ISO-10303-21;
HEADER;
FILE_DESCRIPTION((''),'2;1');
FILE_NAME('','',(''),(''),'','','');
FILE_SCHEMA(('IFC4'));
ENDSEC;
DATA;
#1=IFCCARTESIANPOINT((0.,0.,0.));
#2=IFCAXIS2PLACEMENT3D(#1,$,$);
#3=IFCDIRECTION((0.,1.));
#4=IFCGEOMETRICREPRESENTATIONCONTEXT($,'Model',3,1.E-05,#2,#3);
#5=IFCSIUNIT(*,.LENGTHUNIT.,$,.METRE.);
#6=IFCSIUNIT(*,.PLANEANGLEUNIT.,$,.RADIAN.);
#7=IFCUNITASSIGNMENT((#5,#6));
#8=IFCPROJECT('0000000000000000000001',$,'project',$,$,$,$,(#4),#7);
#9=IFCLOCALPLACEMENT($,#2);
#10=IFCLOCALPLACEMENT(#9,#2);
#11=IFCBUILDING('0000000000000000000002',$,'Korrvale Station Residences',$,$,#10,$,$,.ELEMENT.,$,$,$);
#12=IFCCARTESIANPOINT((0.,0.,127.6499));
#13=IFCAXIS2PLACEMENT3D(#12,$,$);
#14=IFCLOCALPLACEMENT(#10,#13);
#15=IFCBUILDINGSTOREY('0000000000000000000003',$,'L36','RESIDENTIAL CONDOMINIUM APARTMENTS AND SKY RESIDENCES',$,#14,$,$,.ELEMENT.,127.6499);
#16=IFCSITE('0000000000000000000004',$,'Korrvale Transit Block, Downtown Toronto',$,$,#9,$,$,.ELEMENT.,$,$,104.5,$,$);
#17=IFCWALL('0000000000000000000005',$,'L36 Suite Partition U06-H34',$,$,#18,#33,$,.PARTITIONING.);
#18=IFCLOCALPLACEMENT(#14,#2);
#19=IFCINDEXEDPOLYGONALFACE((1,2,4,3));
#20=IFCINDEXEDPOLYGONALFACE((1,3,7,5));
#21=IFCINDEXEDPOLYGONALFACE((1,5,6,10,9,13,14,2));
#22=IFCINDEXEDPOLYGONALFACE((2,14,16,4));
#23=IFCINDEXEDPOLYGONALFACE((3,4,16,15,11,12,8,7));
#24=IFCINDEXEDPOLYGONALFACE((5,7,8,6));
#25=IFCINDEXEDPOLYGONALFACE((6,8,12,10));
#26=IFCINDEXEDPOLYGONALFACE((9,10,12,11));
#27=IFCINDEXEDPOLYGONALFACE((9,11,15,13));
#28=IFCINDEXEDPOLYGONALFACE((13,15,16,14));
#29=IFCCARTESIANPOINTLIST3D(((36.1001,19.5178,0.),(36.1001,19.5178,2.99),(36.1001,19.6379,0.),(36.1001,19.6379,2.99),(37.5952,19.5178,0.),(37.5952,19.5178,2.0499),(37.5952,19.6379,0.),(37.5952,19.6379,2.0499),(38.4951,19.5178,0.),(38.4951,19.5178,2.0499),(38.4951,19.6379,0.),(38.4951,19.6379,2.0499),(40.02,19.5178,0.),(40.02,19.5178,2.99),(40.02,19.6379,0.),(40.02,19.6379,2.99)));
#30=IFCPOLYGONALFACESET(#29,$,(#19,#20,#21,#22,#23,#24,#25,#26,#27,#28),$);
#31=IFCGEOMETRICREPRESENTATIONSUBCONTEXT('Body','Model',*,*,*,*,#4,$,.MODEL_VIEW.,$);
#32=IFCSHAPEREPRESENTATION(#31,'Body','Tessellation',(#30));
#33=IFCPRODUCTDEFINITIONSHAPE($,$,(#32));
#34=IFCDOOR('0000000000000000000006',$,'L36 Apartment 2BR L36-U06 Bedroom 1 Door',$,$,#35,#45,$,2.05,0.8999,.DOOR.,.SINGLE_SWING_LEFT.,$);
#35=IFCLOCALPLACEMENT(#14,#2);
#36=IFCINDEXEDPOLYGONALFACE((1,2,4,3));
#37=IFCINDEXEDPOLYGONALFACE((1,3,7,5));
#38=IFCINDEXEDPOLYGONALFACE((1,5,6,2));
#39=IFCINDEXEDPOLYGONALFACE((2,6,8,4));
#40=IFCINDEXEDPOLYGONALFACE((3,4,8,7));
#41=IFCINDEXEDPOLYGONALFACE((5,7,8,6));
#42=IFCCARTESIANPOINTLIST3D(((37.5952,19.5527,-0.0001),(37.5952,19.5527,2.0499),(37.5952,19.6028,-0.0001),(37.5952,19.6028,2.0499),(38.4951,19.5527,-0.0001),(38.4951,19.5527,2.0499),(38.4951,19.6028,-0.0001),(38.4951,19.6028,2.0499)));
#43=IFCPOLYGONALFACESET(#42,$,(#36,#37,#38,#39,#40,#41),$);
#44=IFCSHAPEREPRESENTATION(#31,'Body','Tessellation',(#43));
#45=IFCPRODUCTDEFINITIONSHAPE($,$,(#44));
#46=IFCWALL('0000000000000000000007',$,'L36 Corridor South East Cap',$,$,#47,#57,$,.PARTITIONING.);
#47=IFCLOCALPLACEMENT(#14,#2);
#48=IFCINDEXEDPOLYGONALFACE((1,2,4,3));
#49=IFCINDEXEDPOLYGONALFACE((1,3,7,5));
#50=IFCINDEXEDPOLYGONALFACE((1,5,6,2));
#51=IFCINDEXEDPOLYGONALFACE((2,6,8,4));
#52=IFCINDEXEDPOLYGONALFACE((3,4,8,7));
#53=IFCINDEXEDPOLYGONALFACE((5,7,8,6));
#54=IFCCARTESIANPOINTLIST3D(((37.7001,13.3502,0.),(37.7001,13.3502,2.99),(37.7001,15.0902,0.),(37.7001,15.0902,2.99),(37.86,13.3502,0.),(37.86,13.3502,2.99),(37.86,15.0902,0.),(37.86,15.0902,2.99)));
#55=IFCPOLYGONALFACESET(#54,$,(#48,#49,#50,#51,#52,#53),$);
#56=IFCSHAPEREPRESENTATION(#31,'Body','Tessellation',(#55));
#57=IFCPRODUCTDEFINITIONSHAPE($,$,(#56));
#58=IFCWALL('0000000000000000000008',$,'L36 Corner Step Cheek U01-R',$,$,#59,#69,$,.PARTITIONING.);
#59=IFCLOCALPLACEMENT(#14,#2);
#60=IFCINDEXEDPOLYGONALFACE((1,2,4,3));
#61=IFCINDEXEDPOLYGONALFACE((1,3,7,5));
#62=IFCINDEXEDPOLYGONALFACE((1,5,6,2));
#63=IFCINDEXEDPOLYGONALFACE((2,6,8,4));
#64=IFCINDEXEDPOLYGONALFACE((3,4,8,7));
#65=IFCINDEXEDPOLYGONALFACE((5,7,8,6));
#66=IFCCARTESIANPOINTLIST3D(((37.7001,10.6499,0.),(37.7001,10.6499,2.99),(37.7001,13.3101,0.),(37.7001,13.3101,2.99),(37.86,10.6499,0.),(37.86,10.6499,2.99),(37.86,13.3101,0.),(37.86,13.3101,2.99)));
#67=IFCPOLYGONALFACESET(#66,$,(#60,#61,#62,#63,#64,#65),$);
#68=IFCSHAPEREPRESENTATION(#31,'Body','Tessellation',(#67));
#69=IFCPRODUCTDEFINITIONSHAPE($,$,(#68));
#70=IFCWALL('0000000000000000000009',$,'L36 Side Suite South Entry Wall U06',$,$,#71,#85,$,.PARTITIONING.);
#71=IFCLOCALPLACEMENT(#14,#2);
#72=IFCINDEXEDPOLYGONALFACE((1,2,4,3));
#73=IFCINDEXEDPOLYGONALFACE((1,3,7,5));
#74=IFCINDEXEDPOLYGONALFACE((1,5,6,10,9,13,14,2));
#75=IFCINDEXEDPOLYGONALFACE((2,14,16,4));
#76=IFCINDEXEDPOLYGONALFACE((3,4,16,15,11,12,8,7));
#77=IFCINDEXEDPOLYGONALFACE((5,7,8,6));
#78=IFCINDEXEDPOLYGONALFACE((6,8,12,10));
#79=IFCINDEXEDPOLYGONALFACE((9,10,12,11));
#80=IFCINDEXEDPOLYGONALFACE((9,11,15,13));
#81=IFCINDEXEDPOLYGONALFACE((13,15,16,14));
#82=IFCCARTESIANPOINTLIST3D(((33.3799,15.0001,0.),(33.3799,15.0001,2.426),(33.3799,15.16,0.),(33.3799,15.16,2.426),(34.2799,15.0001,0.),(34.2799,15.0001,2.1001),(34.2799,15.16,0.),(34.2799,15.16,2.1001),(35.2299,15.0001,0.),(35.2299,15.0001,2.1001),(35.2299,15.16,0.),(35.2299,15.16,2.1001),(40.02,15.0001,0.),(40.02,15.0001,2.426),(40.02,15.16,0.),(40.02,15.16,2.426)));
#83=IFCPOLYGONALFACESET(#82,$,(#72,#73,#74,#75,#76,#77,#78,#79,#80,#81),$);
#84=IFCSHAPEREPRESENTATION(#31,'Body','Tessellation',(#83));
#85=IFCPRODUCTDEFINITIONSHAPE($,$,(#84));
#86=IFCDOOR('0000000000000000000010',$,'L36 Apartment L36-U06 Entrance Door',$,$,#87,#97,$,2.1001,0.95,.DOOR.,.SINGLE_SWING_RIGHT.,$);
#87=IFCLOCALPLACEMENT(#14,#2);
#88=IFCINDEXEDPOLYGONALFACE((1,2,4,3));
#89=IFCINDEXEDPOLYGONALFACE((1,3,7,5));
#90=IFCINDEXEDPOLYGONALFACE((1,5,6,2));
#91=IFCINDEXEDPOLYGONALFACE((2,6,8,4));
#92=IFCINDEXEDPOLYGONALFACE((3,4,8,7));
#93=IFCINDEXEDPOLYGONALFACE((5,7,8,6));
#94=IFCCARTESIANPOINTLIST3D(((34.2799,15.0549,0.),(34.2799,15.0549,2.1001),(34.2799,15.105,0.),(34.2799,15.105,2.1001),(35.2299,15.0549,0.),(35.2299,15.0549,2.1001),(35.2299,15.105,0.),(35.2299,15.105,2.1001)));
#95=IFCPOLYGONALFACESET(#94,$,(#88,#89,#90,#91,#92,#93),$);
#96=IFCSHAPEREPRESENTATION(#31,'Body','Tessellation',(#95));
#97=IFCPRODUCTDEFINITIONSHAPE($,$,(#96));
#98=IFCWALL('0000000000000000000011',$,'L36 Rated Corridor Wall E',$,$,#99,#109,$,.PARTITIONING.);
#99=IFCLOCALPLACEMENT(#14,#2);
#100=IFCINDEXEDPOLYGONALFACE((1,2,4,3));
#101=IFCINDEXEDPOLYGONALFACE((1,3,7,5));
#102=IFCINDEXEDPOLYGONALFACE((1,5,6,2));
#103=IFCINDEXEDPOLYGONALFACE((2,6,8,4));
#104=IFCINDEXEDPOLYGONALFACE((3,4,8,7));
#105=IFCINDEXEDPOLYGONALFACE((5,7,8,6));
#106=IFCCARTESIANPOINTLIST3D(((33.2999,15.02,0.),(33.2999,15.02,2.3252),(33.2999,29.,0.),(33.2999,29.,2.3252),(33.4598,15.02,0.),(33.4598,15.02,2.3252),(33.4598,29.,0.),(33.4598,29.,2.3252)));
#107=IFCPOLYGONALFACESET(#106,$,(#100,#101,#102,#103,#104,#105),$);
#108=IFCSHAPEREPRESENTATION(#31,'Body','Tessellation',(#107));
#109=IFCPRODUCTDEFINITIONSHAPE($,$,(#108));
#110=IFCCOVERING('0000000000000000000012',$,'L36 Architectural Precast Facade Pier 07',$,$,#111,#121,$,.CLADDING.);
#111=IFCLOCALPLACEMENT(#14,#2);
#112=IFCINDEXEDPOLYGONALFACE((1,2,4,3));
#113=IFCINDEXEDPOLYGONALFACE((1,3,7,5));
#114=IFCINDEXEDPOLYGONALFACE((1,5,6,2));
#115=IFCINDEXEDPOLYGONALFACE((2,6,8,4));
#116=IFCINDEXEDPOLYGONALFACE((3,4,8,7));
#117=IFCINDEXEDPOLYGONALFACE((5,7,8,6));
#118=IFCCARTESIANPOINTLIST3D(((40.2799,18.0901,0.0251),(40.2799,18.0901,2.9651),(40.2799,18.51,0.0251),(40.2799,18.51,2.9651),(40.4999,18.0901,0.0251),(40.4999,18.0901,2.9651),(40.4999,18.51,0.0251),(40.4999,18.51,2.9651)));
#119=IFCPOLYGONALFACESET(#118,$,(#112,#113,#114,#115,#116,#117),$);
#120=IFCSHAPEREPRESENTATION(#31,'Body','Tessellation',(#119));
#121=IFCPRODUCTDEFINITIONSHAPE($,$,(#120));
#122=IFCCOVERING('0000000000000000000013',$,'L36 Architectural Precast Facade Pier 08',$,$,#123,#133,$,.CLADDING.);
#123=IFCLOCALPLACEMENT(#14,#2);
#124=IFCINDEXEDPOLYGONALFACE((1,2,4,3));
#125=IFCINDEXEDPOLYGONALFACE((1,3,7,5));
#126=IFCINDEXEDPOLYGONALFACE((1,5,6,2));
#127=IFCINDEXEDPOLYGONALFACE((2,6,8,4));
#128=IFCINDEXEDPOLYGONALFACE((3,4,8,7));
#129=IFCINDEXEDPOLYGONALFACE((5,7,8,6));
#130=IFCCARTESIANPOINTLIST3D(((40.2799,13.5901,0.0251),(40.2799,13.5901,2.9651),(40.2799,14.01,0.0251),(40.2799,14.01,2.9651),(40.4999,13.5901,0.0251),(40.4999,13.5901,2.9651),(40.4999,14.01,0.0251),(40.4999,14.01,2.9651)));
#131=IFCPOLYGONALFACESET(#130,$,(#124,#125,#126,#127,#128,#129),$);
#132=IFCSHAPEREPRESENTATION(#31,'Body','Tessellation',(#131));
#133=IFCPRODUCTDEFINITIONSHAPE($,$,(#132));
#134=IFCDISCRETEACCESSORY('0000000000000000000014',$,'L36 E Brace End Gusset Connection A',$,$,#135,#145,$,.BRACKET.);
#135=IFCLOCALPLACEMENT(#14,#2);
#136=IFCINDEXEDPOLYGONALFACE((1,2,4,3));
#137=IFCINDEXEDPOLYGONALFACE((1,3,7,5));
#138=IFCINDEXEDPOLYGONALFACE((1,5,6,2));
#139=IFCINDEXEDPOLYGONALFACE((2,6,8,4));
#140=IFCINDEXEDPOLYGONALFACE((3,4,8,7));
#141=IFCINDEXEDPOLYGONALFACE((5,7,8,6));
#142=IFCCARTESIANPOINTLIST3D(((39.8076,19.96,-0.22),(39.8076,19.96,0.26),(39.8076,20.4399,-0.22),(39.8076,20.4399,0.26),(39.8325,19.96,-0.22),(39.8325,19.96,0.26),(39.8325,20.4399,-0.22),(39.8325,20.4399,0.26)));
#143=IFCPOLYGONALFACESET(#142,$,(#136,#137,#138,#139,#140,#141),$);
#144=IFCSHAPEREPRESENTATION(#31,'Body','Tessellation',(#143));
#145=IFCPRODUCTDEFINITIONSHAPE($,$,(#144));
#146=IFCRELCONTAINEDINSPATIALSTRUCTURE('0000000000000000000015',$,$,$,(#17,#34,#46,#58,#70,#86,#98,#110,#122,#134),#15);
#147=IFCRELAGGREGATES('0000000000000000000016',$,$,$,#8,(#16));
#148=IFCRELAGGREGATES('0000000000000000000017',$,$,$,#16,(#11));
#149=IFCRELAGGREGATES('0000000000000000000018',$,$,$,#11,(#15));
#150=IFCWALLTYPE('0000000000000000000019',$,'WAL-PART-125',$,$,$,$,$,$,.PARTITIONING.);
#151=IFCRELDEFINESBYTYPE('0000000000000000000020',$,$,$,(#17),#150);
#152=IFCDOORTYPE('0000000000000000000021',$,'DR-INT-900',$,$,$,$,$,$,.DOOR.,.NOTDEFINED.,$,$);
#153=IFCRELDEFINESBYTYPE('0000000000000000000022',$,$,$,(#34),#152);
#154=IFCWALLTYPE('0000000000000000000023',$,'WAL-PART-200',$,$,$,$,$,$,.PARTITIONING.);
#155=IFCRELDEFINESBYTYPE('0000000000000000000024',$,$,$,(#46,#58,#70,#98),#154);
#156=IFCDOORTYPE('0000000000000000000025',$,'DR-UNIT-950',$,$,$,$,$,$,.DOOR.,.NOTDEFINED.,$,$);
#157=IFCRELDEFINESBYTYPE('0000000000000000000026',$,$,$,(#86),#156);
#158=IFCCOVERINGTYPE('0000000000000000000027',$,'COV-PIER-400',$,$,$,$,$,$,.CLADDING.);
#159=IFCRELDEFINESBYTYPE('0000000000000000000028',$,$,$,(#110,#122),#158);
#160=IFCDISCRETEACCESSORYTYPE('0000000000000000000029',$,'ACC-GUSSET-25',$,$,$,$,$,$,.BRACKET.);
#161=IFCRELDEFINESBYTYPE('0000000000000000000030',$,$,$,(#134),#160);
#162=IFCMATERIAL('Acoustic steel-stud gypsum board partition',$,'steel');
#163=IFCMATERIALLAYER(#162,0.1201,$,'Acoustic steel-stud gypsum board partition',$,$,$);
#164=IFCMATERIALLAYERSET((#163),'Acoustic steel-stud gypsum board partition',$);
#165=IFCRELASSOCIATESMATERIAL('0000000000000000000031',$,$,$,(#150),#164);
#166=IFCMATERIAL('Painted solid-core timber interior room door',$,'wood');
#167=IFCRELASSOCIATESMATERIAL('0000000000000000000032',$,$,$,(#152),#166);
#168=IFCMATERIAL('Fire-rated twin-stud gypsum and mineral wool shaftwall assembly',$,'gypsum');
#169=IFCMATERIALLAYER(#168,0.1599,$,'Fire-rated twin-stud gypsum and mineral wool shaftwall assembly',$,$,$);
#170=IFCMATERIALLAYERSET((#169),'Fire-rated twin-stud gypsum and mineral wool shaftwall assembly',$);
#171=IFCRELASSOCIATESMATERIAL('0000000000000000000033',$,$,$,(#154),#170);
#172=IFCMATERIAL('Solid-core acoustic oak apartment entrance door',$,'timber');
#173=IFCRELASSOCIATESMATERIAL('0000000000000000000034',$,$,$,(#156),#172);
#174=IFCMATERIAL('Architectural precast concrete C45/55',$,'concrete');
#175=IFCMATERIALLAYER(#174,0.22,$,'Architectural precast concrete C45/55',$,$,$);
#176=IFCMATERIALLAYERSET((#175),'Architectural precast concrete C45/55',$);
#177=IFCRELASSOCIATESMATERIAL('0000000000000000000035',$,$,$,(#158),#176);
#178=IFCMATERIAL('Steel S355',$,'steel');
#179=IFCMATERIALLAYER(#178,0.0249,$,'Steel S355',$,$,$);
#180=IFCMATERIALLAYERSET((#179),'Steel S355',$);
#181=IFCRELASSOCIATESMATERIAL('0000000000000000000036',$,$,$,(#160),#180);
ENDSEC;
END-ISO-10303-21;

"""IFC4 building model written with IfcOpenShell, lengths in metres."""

from ifc_helpers import new_model, si_unit, direction, frame, frame_2d, origin, origin_2d, place, context, subcontext, project, spatial, rectangle, extrude, material, layer, layer_set, type_object, element, fill, save


model = new_model("IFC4")

# Units and contexts
model_context = context("Model", 3, precision=1e-05, world=origin(), true_north=direction((0.0, 1.0)))
body_context = subcontext(model_context, "Body", "Model", "MODEL_VIEW")
ifc_project = project(units=[si_unit("LENGTHUNIT", "METRE"), si_unit("PLANEANGLEUNIT", "RADIAN")], contexts=[model_context])

# Site, building, storey
site_placement = place(None, origin())
site = spatial("IfcSite", under=ifc_project, at=site_placement, Name="Korrvale Transit Block, Downtown Toronto", CompositionType="ELEMENT", RefElevation=104.5)
building_placement = place(site_placement, origin())
building = spatial("IfcBuilding", under=site, at=building_placement, Name="Korrvale Station Residences", CompositionType="ELEMENT")
storey_placement = place(building_placement, frame((0.0, 0.0, 127.6499)))
storey = spatial("IfcBuildingStorey", under=building, at=storey_placement, Name="L36", Description="RESIDENTIAL CONDOMINIUM APARTMENTS AND SKY RESIDENCES", CompositionType="ELEMENT", Elevation=127.6499)

# Shared definitions
ifc_material_1 = material(Name="Steel S355", Category="steel")

# Shared definitions
ifc_material_2 = material(Name="Acoustic steel-stud gypsum board partition", Category="steel")
ifc_layer_1 = layer(ifc_material_2, 0.1201, Name="Acoustic steel-stud gypsum board partition")
ifc_layer_set_1 = layer_set([ifc_layer_1], Name="Acoustic steel-stud gypsum board partition")
wall_type_1 = type_object("IfcWallType", Name="WAL-PART-125", PredefinedType="PARTITIONING", material=ifc_layer_set_1)
ifc_material_3 = material(Name="Painted solid-core timber interior room door", Category="wood")
door_type_1 = type_object("IfcDoorType", Name="DR-INT-900", OperationType="NOTDEFINED", PredefinedType="DOOR", material=ifc_material_3)

# Wall, opening, door
wall_1_placement = place(storey_placement, frame((36.1001, 19.5779, 0.0), z_axis=(0.0, 0.0, 1.0), x_axis=(1.0, 0.0, 0.0)))
wall_1 = element("IfcWall", 1, at=wall_1_placement, inside=storey, type_object=wall_type_1, Name="L36 Suite Partition U06-H34", PredefinedType="PARTITIONING", context=body_context, shape_type="SweptSolid", body=[
    extrude(rectangle(XDim=3.9199, YDim=0.1201, at=frame_2d((1.96, 0.0))), origin(), (0.0, 0.0, 1.0), 2.99),
])
opening_1_placement = place(wall_1_placement, frame((1.4951, 0.0, 0.0)))
opening_1 = element("IfcOpeningElement", 2, at=opening_1_placement, cuts=wall_1, PredefinedType="OPENING", context=body_context, shape_type="SweptSolid", body=[
    extrude(rectangle(XDim=0.8999, YDim=2.05, at=frame_2d((0.45, 1.0249))), frame((0.0, 0.0701, 0.0), z_axis=(0.0, -1.0, 0.0), x_axis=(1.0, 0.0, 0.0)), (0.0, 0.0, 1.0), 0.1401),
])
door_1_placement = place(opening_1_placement, origin())
door_1 = element("IfcDoor", 3, at=door_1_placement, inside=storey, type_object=door_type_1, Name="L36 Apartment 2BR L36-U06 Bedroom 1 Door", OperationType="SINGLE_SWING_LEFT", OverallHeight=2.05, OverallWidth=0.8999, PredefinedType="DOOR", context=body_context, shape_type="SweptSolid", body=[
    extrude(rectangle(XDim=0.8999, YDim=2.05, at=frame_2d((0.45, 1.0249))), frame((0.0, 0.0249, 0.0), z_axis=(0.0, -1.0, 0.0), x_axis=(1.0, 0.0, 0.0)), (0.0, 0.0, 1.0), 0.05),
])
fill(opening_1, door_1)

# Walls
ifc_material_4 = material(Name="Fire-rated twin-stud gypsum and mineral wool shaftwall assembly", Category="gypsum")
ifc_layer_2 = layer(ifc_material_4, 0.1599, Name="Fire-rated twin-stud gypsum and mineral wool shaftwall assembly")
ifc_layer_set_2 = layer_set([ifc_layer_2], Name="Fire-rated twin-stud gypsum and mineral wool shaftwall assembly")
wall_type_2 = type_object("IfcWallType", Name="WAL-PART-200", PredefinedType="PARTITIONING", material=ifc_layer_set_2)
wall_2_placement = place(storey_placement, frame((37.78, 13.3501, 0.0), z_axis=(0.0, 0.0, 1.0), x_axis=(0.0, 1.0, 0.0)))
element("IfcWall", 4, at=wall_2_placement, inside=storey, type_object=wall_type_2, Name="L36 Corridor South East Cap", PredefinedType="PARTITIONING", context=body_context, shape_type="SweptSolid", body=[
    extrude(rectangle(XDim=1.74, YDim=0.1599, at=frame_2d((0.8701, 0.0))), origin(), (0.0, 0.0, 1.0), 2.99),
])
wall_3_placement = place(storey_placement, frame((37.78, 10.6499, 0.0), z_axis=(0.0, 0.0, 1.0), x_axis=(0.0, 1.0, 0.0)))
element("IfcWall", 5, at=wall_3_placement, inside=storey, type_object=wall_type_2, Name="L36 Corner Step Cheek U01-R", PredefinedType="PARTITIONING", context=body_context, shape_type="SweptSolid", body=[
    extrude(rectangle(XDim=2.6602, YDim=0.1599, at=frame_2d((1.3301, 0.0))), origin(), (0.0, 0.0, 1.0), 2.99),
])

# Wall, opening, door
wall_4_placement = place(storey_placement, frame((33.3799, 15.0801, 0.0), z_axis=(0.0, 0.0, 1.0), x_axis=(1.0, 0.0, 0.0)))
wall_4 = element("IfcWall", 6, at=wall_4_placement, inside=storey, type_object=wall_type_2, Name="L36 Side Suite South Entry Wall U06", PredefinedType="PARTITIONING", context=body_context, shape_type="SweptSolid", body=[
    extrude(rectangle(XDim=6.6401, YDim=0.1599, at=frame_2d((3.3201, 0.0))), origin(), (0.0, 0.0, 1.0), 2.426),
])
opening_2_placement = place(wall_4_placement, frame((0.8999, 0.0, 0.0)))
opening_2 = element("IfcOpeningElement", 7, at=opening_2_placement, cuts=wall_4, PredefinedType="OPENING", context=body_context, shape_type="SweptSolid", body=[
    extrude(rectangle(XDim=0.95, YDim=2.1001, at=frame_2d((0.4751, 1.05))), frame((0.0, 0.0898, 0.0), z_axis=(0.0, -1.0, 0.0), x_axis=(1.0, 0.0, 0.0)), (0.0, 0.0, 1.0), 0.1799),
])
ifc_material_5 = material(Name="Solid-core acoustic oak apartment entrance door", Category="timber")
door_type_2 = type_object("IfcDoorType", Name="DR-UNIT-950", OperationType="NOTDEFINED", PredefinedType="DOOR", material=ifc_material_5)
door_2_placement = place(opening_2_placement, origin())
door_2 = element("IfcDoor", 8, at=door_2_placement, inside=storey, type_object=door_type_2, Name="L36 Apartment L36-U06 Entrance Door", OperationType="SINGLE_SWING_RIGHT", OverallHeight=2.1001, OverallWidth=0.95, PredefinedType="DOOR", context=body_context, shape_type="SweptSolid", body=[
    extrude(rectangle(XDim=0.95, YDim=2.1001, at=frame_2d((0.4751, 1.05))), frame((0.0, 0.0249, 0.0), z_axis=(0.0, -1.0, 0.0), x_axis=(1.0, 0.0, 0.0)), (0.0, 0.0, 1.0), 0.05),
])
fill(opening_2, door_2)

# Wall
wall_5_placement = place(storey_placement, frame((33.3799, 15.02, 0.0), z_axis=(0.0, 0.0, 1.0), x_axis=(0.0, 1.0, 0.0)))
element("IfcWall", 9, at=wall_5_placement, inside=storey, type_object=wall_type_2, Name="L36 Rated Corridor Wall E", PredefinedType="PARTITIONING", context=body_context, shape_type="SweptSolid", body=[
    extrude(rectangle(XDim=13.98, YDim=0.1599, at=frame_2d((6.99, 0.0))), origin(), (0.0, 0.0, 1.0), 2.3252),
])

# Coverings
ifc_material_6 = material(Name="Architectural precast concrete C45/55", Category="concrete")
ifc_layer_3 = layer(ifc_material_6, 0.22, Name="Architectural precast concrete C45/55")
ifc_layer_set_3 = layer_set([ifc_layer_3], Name="Architectural precast concrete C45/55")
covering_type = type_object("IfcCoveringType", Name="COV-PIER-400", PredefinedType="CLADDING", material=ifc_layer_set_3)
for number, where, z_axis, x_axis, name in (
    (10, (40.3899, 18.3, 0.0251), (0.0, 0.0, 1.0), (0.0, 1.0, 0.0), "L36 Architectural Precast Facade Pier 07"),
    (11, (40.3899, 13.8, 0.0251), (0.0, 0.0, 1.0), (0.0, 1.0, 0.0), "L36 Architectural Precast Facade Pier 08"),
):
    element("IfcCovering", number, at=place(storey_placement, frame(where, z_axis=z_axis, x_axis=x_axis)), inside=storey, type_object=covering_type, Name=name, PredefinedType="CLADDING", context=body_context, shape_type="SweptSolid", body=[
        extrude(rectangle(XDim=0.4199, YDim=0.22, at=origin_2d()), origin(), (0.0, 0.0, 1.0), 2.9399),
    ])

# Discrete accessory
ifc_layer_4 = layer(ifc_material_1, 0.0249, Name="Steel S355")
ifc_layer_set_4 = layer_set([ifc_layer_4], Name="Steel S355")
discrete_accessory_type = type_object("IfcDiscreteAccessoryType", Name="ACC-GUSSET-25", PredefinedType="BRACKET", material=ifc_layer_set_4)
discrete_accessory_placement = place(storey_placement, frame((39.8201, 20.2, -0.22), z_axis=(0.0, 0.0, 1.0), x_axis=(0.0, 1.0, 0.0)))
element("IfcDiscreteAccessory", 12, at=discrete_accessory_placement, inside=storey, type_object=discrete_accessory_type, Name="L36 E Brace End Gusset Connection A", PredefinedType="BRACKET", context=body_context, shape_type="SweptSolid", body=[
    extrude(rectangle(XDim=0.48, YDim=0.0249, at=origin_2d()), origin(), (0.0, 0.0, 1.0), 0.48),
])

save(model, "model.ifc")
